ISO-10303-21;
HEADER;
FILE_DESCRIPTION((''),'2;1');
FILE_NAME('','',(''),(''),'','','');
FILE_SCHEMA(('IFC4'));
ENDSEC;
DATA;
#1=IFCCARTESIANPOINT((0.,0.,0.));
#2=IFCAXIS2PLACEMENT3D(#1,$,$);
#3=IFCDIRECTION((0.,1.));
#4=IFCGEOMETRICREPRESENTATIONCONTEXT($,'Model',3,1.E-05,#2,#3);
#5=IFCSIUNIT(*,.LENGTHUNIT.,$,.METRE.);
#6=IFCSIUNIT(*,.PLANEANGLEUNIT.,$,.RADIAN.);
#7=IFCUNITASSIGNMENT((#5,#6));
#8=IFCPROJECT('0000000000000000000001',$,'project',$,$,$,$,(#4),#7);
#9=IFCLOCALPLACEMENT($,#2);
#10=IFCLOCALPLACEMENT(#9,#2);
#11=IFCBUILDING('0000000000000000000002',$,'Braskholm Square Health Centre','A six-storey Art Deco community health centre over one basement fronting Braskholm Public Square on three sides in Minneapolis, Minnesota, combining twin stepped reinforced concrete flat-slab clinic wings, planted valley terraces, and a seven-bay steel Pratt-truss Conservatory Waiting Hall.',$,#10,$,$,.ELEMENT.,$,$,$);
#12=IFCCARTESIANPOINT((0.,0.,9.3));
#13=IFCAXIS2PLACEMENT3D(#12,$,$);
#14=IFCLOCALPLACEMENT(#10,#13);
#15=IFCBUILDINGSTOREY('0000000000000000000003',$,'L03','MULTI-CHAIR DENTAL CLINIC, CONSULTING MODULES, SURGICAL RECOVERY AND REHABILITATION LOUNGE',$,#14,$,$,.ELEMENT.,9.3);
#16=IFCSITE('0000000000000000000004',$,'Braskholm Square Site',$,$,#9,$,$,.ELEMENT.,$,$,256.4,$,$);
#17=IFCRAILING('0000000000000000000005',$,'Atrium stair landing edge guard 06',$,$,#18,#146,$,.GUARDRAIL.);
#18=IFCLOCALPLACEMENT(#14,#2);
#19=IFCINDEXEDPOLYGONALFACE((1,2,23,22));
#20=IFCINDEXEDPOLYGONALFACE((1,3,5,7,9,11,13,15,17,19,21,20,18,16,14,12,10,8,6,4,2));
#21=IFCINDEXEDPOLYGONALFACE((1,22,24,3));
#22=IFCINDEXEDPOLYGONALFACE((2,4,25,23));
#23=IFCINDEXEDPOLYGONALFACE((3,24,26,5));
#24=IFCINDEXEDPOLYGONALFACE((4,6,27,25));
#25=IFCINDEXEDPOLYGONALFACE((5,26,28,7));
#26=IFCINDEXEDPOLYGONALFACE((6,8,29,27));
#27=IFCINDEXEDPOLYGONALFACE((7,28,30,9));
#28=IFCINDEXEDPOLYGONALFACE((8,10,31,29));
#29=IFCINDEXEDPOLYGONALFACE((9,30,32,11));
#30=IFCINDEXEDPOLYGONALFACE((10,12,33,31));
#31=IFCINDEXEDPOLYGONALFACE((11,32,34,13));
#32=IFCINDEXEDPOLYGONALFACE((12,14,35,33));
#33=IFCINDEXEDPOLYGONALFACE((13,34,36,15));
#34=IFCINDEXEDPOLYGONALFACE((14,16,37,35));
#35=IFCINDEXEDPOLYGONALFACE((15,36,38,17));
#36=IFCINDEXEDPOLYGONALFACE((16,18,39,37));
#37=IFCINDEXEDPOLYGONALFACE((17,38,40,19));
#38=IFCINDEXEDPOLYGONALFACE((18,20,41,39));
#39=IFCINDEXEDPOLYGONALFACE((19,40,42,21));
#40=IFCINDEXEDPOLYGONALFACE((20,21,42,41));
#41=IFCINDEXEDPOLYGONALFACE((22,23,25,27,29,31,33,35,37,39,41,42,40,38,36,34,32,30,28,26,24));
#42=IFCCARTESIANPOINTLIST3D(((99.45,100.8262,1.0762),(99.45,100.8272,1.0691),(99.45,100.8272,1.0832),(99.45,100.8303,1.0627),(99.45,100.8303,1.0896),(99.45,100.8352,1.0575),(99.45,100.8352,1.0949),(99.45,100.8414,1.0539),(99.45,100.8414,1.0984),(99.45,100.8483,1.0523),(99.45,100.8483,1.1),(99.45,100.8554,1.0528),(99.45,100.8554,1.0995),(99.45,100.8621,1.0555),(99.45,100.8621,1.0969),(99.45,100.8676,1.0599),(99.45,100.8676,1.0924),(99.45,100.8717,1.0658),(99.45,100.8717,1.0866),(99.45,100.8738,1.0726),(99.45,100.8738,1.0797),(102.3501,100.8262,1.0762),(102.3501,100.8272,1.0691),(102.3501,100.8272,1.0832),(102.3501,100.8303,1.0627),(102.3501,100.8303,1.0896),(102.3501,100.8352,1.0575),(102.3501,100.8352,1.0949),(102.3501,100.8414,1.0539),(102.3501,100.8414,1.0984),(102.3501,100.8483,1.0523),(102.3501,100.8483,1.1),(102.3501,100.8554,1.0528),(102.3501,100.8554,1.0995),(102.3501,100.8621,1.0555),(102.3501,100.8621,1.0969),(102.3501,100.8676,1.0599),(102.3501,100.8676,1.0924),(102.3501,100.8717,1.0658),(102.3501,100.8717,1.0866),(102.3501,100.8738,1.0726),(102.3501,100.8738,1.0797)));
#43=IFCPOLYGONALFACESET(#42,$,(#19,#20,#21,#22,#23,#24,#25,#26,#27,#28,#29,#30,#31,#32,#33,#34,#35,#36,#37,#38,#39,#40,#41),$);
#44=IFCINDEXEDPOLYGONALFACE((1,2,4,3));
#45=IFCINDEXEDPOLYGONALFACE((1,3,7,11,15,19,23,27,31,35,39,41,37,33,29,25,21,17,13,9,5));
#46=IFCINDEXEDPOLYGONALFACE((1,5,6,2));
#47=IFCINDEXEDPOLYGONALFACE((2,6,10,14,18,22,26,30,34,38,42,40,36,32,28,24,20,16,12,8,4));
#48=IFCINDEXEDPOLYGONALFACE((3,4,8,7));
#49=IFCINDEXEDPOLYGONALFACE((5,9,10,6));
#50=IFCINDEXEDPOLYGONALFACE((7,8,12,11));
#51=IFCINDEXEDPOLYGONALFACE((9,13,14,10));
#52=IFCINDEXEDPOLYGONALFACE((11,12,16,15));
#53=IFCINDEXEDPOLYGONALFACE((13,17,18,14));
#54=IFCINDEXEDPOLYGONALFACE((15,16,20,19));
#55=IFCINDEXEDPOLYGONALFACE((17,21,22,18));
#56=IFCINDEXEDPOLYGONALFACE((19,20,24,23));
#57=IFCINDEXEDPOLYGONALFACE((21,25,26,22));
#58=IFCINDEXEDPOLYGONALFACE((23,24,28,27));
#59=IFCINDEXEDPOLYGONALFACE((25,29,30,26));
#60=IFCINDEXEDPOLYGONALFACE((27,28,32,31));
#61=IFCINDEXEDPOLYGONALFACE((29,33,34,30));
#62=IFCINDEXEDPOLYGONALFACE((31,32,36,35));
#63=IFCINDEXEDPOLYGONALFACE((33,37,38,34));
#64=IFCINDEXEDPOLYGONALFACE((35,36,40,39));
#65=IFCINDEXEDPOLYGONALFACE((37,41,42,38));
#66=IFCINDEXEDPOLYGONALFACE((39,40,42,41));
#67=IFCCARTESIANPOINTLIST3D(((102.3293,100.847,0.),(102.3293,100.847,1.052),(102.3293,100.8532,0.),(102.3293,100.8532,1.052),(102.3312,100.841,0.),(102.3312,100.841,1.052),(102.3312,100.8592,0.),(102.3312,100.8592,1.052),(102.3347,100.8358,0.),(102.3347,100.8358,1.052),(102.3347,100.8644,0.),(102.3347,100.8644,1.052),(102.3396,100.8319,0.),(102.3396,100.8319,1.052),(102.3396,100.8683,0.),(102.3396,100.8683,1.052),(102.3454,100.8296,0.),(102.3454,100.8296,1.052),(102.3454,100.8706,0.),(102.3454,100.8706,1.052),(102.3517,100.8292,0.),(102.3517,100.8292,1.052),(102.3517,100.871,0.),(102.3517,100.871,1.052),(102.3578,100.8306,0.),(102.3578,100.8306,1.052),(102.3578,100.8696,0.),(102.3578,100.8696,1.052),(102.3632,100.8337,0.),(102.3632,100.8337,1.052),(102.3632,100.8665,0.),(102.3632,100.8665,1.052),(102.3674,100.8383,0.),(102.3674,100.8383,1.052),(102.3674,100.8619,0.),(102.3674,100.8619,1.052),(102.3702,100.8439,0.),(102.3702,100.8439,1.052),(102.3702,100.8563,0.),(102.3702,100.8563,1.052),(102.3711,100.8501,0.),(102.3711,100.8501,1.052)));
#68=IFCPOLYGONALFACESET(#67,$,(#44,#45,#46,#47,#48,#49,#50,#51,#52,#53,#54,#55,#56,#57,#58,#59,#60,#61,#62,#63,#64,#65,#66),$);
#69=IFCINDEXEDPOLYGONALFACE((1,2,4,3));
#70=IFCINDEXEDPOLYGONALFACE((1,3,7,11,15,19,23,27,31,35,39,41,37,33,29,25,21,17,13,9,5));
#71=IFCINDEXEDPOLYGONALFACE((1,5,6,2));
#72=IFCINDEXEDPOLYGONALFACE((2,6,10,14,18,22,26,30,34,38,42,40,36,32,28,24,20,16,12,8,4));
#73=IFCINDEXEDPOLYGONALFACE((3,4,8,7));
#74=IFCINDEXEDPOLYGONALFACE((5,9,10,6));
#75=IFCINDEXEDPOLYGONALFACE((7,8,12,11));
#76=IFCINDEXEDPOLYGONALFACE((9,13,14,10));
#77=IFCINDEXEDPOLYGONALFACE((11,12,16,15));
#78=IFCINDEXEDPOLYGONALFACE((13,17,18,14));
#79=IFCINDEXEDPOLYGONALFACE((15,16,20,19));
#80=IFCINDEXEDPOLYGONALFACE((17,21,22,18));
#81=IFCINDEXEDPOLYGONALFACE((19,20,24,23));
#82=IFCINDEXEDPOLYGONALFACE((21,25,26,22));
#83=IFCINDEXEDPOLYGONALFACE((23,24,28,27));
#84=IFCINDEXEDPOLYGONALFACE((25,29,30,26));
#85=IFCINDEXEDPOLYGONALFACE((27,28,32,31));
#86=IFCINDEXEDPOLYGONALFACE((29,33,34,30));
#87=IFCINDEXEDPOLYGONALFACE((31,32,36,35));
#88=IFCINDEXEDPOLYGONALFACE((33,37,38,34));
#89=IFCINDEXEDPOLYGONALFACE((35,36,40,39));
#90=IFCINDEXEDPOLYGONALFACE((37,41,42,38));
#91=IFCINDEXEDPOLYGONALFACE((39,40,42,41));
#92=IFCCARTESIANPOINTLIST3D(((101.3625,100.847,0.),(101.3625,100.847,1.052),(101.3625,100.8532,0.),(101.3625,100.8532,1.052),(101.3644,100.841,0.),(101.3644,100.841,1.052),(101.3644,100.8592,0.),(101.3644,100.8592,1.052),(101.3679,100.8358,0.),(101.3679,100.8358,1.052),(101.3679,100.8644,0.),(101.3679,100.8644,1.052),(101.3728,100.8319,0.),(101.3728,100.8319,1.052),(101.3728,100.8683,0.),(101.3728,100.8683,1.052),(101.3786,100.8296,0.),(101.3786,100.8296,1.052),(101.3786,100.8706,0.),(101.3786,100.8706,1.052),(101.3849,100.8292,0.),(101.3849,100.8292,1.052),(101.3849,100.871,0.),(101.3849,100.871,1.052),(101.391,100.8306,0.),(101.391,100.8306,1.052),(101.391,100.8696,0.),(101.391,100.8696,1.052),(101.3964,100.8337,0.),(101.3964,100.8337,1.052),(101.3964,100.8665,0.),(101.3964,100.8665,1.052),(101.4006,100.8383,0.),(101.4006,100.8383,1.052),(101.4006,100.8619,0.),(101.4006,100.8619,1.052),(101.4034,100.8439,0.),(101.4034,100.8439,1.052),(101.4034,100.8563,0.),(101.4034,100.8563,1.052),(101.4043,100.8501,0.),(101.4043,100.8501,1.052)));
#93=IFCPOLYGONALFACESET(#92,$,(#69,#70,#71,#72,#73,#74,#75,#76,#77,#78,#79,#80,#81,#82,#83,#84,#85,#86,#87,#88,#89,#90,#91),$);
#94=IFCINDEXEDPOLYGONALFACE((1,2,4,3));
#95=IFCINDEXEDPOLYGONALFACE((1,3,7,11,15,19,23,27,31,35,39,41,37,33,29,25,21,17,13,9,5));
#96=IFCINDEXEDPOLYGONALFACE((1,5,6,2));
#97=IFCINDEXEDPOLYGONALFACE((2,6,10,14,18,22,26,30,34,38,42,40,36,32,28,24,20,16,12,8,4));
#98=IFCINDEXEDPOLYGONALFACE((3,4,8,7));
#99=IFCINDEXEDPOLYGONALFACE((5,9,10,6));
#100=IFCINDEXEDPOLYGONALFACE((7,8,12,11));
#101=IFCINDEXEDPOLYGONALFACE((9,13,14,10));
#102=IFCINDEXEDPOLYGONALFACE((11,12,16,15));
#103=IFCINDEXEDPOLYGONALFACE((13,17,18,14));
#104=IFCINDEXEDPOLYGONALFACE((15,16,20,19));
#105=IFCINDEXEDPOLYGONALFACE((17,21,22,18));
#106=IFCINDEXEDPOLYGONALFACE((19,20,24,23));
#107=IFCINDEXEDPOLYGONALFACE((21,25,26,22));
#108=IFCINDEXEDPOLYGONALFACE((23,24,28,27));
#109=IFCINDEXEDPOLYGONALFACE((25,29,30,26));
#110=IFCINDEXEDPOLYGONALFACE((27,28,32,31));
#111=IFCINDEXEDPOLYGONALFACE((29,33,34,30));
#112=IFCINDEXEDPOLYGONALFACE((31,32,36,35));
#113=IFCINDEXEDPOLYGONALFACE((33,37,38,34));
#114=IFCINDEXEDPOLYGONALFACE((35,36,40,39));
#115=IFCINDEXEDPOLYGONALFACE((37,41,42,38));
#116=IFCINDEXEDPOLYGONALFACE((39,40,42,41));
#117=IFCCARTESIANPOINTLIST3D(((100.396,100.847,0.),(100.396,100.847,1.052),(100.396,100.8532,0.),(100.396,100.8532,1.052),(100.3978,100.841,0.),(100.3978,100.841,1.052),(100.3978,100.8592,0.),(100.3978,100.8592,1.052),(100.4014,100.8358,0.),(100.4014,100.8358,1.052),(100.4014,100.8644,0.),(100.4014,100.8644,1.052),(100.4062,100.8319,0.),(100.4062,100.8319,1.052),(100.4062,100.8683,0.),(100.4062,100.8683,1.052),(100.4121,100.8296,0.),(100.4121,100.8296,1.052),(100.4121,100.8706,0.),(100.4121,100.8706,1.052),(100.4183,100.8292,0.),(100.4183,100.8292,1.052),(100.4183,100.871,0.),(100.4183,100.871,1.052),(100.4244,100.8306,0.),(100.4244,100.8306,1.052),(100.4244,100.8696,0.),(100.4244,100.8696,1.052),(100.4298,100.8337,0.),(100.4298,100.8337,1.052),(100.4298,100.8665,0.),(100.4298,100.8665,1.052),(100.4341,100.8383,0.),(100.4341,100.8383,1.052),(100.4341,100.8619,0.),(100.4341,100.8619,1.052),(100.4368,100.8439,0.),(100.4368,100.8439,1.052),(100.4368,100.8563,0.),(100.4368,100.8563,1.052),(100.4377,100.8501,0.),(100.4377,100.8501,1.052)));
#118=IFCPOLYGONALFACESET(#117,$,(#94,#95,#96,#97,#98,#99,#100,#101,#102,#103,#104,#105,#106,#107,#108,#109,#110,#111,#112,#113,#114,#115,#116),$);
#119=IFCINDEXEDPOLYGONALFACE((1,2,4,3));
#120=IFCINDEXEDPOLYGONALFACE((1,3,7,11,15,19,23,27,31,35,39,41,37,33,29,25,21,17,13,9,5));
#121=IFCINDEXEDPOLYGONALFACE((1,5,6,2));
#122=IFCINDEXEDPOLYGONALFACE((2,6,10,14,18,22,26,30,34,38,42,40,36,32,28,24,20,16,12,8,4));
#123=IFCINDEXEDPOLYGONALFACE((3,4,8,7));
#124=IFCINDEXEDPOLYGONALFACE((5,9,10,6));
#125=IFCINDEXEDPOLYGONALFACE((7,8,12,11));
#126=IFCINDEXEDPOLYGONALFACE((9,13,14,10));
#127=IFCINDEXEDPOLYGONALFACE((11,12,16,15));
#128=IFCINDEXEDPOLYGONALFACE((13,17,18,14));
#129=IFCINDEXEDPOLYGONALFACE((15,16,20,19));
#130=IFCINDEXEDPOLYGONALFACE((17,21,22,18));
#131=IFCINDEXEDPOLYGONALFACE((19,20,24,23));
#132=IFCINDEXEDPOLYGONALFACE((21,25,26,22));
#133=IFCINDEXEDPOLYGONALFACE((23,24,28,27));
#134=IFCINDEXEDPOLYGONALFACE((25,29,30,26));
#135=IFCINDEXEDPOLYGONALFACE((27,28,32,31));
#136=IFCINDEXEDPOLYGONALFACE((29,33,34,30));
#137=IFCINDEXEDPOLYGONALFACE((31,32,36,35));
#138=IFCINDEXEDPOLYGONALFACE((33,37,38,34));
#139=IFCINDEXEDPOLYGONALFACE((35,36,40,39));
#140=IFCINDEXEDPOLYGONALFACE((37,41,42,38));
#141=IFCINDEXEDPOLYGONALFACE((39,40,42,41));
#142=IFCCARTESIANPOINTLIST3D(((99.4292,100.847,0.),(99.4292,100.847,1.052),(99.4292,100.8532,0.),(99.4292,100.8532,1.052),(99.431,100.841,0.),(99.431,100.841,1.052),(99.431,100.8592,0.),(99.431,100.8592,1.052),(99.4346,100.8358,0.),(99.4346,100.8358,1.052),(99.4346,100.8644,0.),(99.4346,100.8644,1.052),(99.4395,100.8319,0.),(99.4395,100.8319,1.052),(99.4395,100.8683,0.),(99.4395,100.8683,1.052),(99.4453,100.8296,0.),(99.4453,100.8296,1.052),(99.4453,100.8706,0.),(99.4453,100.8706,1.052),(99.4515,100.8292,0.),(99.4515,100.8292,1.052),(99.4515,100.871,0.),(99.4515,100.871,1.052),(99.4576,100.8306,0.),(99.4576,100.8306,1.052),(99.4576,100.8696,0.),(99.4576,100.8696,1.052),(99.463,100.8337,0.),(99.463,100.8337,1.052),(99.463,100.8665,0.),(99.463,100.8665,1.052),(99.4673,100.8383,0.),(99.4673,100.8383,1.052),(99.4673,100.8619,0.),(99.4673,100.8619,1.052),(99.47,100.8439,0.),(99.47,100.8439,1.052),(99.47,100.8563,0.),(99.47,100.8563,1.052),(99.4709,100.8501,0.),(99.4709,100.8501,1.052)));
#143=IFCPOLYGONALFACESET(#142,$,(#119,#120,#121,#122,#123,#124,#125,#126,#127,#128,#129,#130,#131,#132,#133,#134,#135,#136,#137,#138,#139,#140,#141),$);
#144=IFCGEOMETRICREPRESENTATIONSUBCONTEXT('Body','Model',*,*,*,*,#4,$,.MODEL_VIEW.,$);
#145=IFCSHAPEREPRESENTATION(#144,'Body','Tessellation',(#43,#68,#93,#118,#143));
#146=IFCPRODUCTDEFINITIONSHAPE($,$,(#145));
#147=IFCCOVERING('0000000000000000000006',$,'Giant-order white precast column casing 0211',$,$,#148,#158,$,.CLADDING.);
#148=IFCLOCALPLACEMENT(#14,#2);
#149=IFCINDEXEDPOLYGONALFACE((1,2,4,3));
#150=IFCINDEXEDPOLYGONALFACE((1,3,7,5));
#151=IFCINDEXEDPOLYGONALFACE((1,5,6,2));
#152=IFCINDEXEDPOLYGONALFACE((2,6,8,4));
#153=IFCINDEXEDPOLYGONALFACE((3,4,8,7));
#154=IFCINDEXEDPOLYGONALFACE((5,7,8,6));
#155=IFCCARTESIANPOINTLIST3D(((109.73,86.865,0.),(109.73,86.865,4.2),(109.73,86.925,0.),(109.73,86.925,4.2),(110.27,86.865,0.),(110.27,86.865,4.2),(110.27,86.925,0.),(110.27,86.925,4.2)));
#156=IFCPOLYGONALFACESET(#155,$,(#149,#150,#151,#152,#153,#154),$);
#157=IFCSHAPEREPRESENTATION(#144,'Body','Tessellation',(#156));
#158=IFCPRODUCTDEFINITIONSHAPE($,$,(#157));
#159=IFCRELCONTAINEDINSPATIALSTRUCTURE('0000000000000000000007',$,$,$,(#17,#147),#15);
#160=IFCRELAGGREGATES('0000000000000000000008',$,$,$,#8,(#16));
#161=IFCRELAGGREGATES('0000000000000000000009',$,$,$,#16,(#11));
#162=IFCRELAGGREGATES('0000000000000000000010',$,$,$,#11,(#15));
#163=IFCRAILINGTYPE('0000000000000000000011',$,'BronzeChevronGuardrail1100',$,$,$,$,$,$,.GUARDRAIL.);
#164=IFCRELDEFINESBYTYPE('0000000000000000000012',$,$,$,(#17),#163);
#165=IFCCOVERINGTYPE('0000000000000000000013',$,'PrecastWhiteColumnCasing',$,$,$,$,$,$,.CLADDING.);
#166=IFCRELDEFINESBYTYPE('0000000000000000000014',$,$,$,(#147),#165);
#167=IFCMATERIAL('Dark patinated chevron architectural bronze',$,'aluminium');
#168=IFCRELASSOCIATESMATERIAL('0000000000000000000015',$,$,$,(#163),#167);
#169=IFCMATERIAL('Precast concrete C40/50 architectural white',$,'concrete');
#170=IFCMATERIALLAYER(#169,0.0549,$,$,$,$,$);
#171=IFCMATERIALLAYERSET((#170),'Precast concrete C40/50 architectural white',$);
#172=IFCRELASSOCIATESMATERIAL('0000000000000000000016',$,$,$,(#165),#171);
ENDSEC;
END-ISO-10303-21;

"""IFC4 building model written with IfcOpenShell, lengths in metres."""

from ifc_helpers import new_model, si_unit, direction, frame, origin, origin_2d, place, context, subcontext, project, spatial, rectangle, circle, extrude, material, layer, layer_set, type_object, element, save


model = new_model("IFC4")

# Units and contexts
model_context = context("Model", 3, precision=1e-05, world=origin(), true_north=direction((0.0, 1.0)))
body_context = subcontext(model_context, "Body", "Model", "MODEL_VIEW")
ifc_project = project(units=[si_unit("LENGTHUNIT", "METRE"), si_unit("PLANEANGLEUNIT", "RADIAN")], contexts=[model_context])

# Site, building, storey
site_placement = place(None, origin())
site = spatial("IfcSite", under=ifc_project, at=site_placement, Name="Braskholm Square Site", CompositionType="ELEMENT", RefElevation=256.4)
building_placement = place(site_placement, origin())
building = spatial("IfcBuilding", under=site, at=building_placement, Name="Braskholm Square Health Centre", Description="A six-storey Art Deco community health centre over one basement fronting Braskholm Public Square on three sides in Minneapolis, Minnesota, combining twin stepped reinforced concrete flat-slab clinic wings, planted valley terraces, and a seven-bay steel Pratt-truss Conservatory Waiting Hall.", CompositionType="ELEMENT")
storey_placement = place(building_placement, frame((0.0, 0.0, 9.3)))
storey = spatial("IfcBuildingStorey", under=building, at=storey_placement, Name="L03", Description="MULTI-CHAIR DENTAL CLINIC, CONSULTING MODULES, SURGICAL RECOVERY AND REHABILITATION LOUNGE", CompositionType="ELEMENT", Elevation=9.3)

# Shared definitions
ifc_material_1 = material(Name="Precast concrete C40/50 architectural white", Category="concrete")

# Railing
ifc_material_2 = material(Name="Dark patinated chevron architectural bronze", Category="aluminium")
railing_type = type_object("IfcRailingType", Name="BronzeChevronGuardrail1100", PredefinedType="GUARDRAIL", material=ifc_material_2)
railing_1_placement = place(storey_placement, frame((102.3501, 100.8501, 0.0)))
element("IfcRailing", 1, at=railing_1_placement, inside=storey, type_object=railing_type, Name="Atrium stair landing edge guard 06", PredefinedType="GUARDRAIL", context=body_context, shape_type="SweptSolid", body=[
    extrude(circle(Radius=0.0239, at=origin_2d()), frame((0.0, 0.0, 1.0762), z_axis=(-1.0, 0.0, 0.0), x_axis=(0.0, -1.0, 0.0)), (0.0, 0.0, 1.0), 2.9001),
    extrude(circle(Radius=0.021, at=origin_2d()), origin(), (0.0, 0.0, 1.0), 1.052),
    extrude(circle(Radius=0.021, at=origin_2d()), frame((-0.9668, 0.0, 0.0)), (0.0, 0.0, 1.0), 1.052),
    extrude(circle(Radius=0.021, at=origin_2d()), frame((-1.9333, 0.0, 0.0)), (0.0, 0.0, 1.0), 1.052),
    extrude(circle(Radius=0.021, at=origin_2d()), frame((-2.9001, 0.0, 0.0)), (0.0, 0.0, 1.0), 1.052),
])

# Covering
ifc_layer_1 = layer(ifc_material_1, 0.0549)
ifc_layer_set_1 = layer_set([ifc_layer_1], Name="Precast concrete C40/50 architectural white")
covering_type = type_object("IfcCoveringType", Name="PrecastWhiteColumnCasing", PredefinedType="CLADDING", material=ifc_layer_set_1)
covering_placement = place(storey_placement, frame((110.0, 86.895, 0.0), z_axis=(0.0, 0.0, 1.0), x_axis=(1.0, 0.0, 0.0)))
element("IfcCovering", 2, at=covering_placement, inside=storey, type_object=covering_type, Name="Giant-order white precast column casing 0211", PredefinedType="CLADDING", context=body_context, shape_type="SweptSolid", body=[
    extrude(rectangle(XDim=0.54, YDim=0.0601, at=origin_2d()), origin(), (0.0, 0.0, 1.0), 4.2),
])

save(model, "model.ifc")
